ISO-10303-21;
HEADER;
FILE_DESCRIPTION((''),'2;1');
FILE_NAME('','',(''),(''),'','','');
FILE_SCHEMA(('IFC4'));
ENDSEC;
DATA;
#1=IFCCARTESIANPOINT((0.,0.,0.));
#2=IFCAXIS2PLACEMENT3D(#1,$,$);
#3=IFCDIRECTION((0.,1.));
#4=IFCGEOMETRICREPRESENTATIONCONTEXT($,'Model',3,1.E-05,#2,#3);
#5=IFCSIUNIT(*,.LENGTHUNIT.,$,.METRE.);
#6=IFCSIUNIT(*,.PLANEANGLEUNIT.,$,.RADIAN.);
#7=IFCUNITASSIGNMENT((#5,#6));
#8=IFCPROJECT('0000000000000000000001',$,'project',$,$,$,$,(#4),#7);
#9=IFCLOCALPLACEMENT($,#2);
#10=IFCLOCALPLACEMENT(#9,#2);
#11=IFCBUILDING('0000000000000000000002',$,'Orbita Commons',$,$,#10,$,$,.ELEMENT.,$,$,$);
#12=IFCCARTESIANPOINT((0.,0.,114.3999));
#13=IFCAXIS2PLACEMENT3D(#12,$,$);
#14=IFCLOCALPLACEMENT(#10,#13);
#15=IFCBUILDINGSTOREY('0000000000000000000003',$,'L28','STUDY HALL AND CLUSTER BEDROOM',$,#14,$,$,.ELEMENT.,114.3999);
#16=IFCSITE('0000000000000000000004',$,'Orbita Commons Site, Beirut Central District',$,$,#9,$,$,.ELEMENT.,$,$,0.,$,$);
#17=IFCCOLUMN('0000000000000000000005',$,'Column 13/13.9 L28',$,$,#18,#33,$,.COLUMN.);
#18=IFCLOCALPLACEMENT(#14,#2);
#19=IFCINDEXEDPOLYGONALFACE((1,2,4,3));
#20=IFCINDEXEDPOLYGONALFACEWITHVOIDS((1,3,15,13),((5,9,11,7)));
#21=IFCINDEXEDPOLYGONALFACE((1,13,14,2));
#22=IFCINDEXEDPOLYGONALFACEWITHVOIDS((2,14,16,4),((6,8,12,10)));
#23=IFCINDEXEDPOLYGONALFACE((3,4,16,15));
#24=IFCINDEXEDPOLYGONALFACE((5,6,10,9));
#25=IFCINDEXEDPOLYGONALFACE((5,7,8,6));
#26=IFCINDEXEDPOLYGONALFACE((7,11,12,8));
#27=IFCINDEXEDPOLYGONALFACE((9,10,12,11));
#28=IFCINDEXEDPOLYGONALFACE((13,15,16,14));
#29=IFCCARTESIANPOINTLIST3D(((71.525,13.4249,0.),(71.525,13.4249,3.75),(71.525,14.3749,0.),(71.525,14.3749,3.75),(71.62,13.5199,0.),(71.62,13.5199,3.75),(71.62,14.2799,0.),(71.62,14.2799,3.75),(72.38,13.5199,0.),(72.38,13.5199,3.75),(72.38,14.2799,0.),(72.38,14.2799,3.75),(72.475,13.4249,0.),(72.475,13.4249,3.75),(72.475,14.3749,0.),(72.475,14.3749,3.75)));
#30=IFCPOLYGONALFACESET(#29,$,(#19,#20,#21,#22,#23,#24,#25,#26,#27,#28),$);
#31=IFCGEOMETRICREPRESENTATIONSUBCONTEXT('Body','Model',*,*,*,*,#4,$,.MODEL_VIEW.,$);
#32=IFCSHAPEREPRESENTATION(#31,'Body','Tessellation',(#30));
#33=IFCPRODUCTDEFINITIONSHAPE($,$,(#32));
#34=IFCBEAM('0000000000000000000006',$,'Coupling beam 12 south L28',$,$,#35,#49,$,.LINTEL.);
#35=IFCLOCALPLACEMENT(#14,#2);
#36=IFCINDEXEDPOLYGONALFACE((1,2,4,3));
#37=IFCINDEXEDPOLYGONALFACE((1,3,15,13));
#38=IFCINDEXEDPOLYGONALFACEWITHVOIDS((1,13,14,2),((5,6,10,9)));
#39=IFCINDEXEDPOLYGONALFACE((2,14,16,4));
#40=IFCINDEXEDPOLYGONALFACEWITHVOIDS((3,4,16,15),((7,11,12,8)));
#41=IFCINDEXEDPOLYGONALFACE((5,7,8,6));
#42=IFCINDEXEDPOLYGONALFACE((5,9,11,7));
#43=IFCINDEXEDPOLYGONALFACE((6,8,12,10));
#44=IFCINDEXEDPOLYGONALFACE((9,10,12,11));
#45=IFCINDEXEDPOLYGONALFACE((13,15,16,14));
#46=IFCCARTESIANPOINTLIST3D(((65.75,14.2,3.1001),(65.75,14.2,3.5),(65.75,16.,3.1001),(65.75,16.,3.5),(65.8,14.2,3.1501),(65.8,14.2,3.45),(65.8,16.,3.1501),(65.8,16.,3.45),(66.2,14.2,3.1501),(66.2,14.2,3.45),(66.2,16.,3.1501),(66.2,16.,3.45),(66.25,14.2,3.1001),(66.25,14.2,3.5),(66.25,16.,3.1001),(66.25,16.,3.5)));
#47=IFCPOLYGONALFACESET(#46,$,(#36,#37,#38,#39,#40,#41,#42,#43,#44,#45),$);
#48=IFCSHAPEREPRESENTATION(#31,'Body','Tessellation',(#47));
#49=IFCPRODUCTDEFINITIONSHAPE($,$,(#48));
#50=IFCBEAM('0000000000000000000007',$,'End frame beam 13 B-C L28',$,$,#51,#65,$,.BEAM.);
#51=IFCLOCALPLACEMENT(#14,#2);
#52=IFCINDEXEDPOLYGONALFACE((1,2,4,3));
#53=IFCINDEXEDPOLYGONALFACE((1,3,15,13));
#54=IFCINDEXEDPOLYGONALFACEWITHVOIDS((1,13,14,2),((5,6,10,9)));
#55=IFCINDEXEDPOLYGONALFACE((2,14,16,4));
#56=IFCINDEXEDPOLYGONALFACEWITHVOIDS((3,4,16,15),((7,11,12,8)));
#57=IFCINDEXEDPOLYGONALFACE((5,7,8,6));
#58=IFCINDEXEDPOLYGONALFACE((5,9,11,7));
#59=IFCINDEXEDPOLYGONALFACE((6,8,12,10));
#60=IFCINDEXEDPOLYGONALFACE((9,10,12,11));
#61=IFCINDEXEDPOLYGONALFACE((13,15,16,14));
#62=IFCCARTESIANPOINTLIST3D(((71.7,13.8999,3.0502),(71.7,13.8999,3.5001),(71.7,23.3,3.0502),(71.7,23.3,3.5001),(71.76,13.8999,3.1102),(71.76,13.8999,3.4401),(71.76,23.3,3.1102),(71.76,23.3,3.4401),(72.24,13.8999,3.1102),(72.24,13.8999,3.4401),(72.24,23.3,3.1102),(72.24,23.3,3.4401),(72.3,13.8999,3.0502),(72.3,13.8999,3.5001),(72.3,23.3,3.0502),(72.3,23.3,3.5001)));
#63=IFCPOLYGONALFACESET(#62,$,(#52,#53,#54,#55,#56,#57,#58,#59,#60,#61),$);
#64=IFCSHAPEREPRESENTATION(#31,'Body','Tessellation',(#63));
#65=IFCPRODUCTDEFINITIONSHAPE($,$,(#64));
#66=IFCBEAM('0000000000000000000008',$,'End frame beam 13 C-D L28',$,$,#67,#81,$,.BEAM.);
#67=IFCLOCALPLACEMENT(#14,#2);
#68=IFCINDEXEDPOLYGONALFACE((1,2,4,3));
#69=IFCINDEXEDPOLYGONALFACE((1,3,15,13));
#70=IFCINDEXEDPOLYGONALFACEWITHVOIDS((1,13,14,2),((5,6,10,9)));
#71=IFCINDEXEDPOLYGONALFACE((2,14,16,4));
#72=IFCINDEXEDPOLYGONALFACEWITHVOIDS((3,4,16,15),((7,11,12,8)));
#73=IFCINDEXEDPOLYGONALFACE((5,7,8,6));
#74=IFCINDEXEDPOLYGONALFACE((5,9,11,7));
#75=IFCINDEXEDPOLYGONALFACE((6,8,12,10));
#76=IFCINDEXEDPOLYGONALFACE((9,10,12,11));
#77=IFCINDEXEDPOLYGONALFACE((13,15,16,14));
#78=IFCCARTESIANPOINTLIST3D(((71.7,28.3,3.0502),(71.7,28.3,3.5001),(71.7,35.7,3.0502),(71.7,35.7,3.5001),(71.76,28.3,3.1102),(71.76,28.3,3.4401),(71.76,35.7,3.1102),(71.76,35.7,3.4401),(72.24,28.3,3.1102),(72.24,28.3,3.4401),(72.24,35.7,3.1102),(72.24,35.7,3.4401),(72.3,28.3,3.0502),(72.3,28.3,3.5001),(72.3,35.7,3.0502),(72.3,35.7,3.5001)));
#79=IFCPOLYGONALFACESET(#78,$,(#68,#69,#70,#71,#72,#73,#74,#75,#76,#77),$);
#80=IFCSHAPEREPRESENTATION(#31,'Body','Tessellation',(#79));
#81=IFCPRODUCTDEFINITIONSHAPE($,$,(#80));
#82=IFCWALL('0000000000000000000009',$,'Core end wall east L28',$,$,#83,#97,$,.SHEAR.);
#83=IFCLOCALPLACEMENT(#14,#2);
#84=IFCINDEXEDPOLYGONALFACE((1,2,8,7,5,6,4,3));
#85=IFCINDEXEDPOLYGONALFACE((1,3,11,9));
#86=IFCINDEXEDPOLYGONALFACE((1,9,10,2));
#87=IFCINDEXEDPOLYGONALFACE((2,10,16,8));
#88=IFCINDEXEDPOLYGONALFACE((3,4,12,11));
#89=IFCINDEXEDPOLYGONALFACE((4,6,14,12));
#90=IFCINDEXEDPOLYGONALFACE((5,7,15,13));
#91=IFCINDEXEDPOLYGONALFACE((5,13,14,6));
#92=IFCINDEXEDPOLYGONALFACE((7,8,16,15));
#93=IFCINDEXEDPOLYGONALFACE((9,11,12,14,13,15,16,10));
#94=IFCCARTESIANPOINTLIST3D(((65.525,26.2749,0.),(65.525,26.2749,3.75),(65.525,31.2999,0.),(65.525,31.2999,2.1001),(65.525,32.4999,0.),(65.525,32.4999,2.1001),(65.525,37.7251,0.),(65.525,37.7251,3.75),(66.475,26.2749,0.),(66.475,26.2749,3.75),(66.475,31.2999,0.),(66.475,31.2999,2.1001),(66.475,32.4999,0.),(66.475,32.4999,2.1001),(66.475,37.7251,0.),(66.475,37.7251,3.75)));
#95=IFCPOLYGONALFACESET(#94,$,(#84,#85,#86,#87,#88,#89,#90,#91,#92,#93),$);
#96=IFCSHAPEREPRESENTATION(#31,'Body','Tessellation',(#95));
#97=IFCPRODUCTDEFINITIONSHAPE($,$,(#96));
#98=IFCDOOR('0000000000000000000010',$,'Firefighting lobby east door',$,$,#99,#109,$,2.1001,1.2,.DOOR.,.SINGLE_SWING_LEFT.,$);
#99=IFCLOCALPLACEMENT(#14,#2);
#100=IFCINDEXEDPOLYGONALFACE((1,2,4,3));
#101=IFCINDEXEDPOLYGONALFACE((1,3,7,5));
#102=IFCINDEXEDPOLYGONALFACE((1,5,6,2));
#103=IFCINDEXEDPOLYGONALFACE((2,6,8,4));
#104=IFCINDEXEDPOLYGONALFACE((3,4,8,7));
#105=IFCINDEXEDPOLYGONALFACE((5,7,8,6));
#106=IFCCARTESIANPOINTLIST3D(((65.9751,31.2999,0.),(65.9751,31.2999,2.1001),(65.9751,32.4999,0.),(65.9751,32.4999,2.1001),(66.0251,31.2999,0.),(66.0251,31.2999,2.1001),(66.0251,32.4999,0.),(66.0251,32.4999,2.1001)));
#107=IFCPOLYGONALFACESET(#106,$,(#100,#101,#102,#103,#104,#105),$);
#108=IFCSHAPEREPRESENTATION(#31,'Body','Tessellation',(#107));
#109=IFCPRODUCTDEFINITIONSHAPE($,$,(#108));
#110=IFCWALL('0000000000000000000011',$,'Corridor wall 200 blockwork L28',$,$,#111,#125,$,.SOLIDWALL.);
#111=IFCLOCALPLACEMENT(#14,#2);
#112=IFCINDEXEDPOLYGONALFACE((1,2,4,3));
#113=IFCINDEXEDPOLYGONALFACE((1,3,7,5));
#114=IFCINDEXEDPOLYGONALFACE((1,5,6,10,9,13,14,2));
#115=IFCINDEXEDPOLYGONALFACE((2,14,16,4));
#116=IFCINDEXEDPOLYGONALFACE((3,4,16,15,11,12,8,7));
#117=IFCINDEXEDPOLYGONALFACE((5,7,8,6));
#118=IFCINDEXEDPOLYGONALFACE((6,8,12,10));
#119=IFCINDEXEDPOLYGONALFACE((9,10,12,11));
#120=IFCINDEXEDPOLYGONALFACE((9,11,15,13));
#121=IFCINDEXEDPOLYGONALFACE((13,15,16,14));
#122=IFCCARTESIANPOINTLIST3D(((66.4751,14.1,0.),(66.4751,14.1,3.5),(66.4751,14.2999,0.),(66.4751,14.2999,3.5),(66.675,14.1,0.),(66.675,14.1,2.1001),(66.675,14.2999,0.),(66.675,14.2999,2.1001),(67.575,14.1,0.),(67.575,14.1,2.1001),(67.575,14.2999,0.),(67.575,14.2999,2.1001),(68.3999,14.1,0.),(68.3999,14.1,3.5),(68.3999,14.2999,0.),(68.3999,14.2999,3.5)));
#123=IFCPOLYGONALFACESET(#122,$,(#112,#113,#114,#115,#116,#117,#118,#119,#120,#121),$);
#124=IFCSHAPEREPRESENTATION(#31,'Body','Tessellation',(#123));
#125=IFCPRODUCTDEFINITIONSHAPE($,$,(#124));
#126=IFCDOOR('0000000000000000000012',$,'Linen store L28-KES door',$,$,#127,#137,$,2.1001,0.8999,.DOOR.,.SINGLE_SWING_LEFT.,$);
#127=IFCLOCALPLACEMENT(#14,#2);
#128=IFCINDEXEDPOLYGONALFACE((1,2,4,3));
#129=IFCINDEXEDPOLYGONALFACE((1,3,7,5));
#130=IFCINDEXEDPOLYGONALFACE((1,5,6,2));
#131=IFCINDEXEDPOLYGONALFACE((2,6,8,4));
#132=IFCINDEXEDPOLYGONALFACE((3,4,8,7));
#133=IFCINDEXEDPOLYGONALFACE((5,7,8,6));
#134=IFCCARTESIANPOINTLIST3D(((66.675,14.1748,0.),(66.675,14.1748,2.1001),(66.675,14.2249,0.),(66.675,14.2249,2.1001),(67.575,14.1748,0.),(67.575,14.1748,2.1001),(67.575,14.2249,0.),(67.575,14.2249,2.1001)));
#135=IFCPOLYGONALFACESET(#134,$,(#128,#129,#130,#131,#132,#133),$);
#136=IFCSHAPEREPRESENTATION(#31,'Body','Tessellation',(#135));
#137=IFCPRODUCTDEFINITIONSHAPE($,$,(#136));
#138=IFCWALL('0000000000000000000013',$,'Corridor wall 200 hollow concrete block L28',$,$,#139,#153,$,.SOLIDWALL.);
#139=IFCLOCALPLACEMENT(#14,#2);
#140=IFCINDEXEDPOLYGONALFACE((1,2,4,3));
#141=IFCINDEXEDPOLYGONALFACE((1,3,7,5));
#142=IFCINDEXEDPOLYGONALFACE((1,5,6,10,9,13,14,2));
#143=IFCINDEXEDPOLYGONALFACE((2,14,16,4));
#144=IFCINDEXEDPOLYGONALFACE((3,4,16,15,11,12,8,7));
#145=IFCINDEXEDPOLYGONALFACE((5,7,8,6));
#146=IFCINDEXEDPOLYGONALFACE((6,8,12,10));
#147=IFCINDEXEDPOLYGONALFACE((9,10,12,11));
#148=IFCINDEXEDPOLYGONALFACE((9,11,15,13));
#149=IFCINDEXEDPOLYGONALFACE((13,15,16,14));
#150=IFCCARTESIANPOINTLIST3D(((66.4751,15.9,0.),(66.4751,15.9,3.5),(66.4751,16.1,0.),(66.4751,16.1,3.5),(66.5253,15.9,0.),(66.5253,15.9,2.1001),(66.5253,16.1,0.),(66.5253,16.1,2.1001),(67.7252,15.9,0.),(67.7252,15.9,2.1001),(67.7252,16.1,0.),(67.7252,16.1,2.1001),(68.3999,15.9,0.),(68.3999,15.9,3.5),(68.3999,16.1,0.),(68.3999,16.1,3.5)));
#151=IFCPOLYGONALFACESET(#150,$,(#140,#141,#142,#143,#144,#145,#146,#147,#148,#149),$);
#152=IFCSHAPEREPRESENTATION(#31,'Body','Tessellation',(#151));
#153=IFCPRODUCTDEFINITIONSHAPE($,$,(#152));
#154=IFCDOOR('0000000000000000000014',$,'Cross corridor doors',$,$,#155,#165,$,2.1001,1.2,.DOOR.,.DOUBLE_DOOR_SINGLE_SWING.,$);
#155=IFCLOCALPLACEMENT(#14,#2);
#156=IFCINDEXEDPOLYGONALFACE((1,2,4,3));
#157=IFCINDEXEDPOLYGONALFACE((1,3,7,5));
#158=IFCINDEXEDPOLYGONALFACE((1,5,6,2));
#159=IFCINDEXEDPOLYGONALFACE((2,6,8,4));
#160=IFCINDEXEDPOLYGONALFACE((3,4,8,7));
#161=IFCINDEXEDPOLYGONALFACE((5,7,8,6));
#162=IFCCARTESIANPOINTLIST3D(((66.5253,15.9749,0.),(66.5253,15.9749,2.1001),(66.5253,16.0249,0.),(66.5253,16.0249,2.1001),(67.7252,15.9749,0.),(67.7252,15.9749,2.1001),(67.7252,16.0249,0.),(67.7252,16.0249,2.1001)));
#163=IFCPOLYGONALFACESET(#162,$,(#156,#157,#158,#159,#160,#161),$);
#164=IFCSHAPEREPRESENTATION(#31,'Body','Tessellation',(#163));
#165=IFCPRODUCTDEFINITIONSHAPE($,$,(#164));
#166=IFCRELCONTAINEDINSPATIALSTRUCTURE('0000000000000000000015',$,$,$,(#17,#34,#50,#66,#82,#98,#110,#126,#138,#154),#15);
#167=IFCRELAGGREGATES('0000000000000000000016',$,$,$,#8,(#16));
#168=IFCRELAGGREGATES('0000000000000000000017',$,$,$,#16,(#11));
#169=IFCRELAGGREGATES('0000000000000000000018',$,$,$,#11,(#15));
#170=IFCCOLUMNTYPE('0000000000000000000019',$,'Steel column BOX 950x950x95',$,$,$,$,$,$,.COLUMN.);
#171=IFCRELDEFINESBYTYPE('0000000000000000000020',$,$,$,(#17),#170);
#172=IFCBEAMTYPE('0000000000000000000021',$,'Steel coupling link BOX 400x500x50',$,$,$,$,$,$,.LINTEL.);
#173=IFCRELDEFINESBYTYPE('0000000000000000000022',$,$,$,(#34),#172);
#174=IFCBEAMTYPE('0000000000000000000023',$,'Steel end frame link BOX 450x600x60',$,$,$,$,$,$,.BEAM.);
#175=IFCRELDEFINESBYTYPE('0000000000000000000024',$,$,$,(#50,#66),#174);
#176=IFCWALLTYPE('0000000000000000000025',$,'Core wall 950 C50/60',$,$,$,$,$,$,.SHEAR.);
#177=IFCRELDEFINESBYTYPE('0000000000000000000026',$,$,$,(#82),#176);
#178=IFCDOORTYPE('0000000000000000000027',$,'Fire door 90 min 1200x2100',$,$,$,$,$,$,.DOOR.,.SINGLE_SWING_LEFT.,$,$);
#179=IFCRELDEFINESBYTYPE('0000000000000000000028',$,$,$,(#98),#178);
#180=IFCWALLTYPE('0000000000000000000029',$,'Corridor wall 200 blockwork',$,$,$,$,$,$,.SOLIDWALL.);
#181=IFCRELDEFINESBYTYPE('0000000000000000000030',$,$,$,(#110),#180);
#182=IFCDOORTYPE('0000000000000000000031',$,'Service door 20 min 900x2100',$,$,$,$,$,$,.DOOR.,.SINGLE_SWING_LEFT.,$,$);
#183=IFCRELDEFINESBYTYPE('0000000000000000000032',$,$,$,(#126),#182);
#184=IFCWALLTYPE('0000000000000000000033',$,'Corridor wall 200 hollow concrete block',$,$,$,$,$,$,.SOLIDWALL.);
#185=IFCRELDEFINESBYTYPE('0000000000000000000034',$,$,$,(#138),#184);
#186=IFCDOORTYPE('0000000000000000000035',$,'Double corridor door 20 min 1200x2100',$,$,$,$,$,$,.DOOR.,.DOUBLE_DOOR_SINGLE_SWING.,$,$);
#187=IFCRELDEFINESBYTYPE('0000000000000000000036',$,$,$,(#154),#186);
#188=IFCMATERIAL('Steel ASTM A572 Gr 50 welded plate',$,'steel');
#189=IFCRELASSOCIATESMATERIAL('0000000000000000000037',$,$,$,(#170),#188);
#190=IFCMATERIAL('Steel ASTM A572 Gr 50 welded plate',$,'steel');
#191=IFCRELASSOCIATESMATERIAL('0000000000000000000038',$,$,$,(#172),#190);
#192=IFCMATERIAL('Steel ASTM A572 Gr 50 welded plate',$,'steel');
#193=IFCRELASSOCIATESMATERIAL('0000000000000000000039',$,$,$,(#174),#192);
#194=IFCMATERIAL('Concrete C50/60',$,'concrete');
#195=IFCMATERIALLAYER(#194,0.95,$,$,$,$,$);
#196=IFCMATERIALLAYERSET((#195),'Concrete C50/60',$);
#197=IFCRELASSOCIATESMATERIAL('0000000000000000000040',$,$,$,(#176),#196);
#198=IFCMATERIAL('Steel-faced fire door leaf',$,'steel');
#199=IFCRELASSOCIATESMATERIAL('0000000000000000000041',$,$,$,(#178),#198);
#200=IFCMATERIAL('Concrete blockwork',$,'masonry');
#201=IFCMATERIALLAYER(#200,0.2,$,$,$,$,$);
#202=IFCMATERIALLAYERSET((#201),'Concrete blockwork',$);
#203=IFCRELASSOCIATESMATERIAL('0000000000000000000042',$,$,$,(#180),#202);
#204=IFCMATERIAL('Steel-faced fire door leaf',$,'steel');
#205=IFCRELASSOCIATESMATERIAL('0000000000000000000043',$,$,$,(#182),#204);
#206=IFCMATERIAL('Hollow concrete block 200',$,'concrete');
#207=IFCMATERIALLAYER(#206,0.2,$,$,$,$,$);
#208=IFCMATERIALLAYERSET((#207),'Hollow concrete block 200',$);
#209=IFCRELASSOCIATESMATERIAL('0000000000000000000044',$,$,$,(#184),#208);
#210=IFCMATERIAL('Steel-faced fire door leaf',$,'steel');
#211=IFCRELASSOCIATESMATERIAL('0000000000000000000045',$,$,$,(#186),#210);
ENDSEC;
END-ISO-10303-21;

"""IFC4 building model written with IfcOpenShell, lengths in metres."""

from ifc_helpers import new_model, si_unit, direction, frame, frame_2d, origin, origin_2d, place, context, subcontext, project, spatial, rectangle, hollow_rectangle, extrude, material, layer, layer_set, material_profile, profile_set, type_object, element, fill, save


model = new_model("IFC4")

# Units and contexts
model_context = context("Model", 3, precision=1e-05, world=origin(), true_north=direction((0.0, 1.0)))
body_context = subcontext(model_context, "Body", "Model", "MODEL_VIEW")
ifc_project = project(units=[si_unit("LENGTHUNIT", "METRE"), si_unit("PLANEANGLEUNIT", "RADIAN")], contexts=[model_context])

# Site, building, storey
site_placement = place(None, origin())
site = spatial("IfcSite", under=ifc_project, at=site_placement, Name="Orbita Commons Site, Beirut Central District", CompositionType="ELEMENT", RefElevation=0.0)
building_placement = place(site_placement, origin())
building = spatial("IfcBuilding", under=site, at=building_placement, Name="Orbita Commons", CompositionType="ELEMENT")
storey_placement = place(building_placement, frame((0.0, 0.0, 114.3999)))
storey = spatial("IfcBuildingStorey", under=building, at=storey_placement, Name="L28", Description="STUDY HALL AND CLUSTER BEDROOM", CompositionType="ELEMENT", Elevation=114.3999)

# Column
ifc_material_1 = material(Name="Steel ASTM A572 Gr 50 welded plate", Category="steel")
ifc_material_profile_1 = material_profile(ifc_material_1, hollow_rectangle(XDim=0.95, YDim=0.95, WallThickness=0.095, at=origin_2d()), Name="BOX 950x950x95")
ifc_profile_set_1 = profile_set([ifc_material_profile_1], Name="Steel ASTM A572 Gr 50 welded plate")
column_type = type_object("IfcColumnType", Name="Steel column BOX 950x950x95", PredefinedType="COLUMN", material=ifc_profile_set_1)
column_placement = place(storey_placement, frame((72.0, 13.8999, 0.0), z_axis=(0.0, 0.0, 1.0), x_axis=(1.0, 0.0, 0.0)))
element("IfcColumn", 1, at=column_placement, inside=storey, type_object=column_type, Name="Column 13/13.9 L28", PredefinedType="COLUMN", context=body_context, shape_type="SweptSolid", body=[
    extrude(hollow_rectangle(XDim=0.95, YDim=0.95, WallThickness=0.095, at=origin_2d()), origin(), (0.0, 0.0, 1.0), 3.75),
])

# Beams
ifc_material_2 = material(Name="Steel ASTM A572 Gr 50 welded plate", Category="steel")
ifc_material_profile_2 = material_profile(ifc_material_2, hollow_rectangle(XDim=0.5, YDim=0.3999, WallThickness=0.05, at=origin_2d()), Name="BOX 400x500x50")
ifc_profile_set_2 = profile_set([ifc_material_profile_2], Name="Steel ASTM A572 Gr 50 welded plate")
beam_type_1 = type_object("IfcBeamType", Name="Steel coupling link BOX 400x500x50", PredefinedType="LINTEL", material=ifc_profile_set_2)
beam_1_placement = place(storey_placement, frame((66.0, 14.2, 3.3), z_axis=(0.0, 1.0, 0.0), x_axis=(-1.0, 0.0, 0.0)))
element("IfcBeam", 2, at=beam_1_placement, inside=storey, type_object=beam_type_1, Name="Coupling beam 12 south L28", PredefinedType="LINTEL", context=body_context, shape_type="SweptSolid", body=[
    extrude(hollow_rectangle(XDim=0.5, YDim=0.3999, WallThickness=0.05, at=origin_2d()), origin(), (0.0, 0.0, 1.0), 1.8),
])
ifc_material_3 = material(Name="Steel ASTM A572 Gr 50 welded plate", Category="steel")
ifc_material_profile_3 = material_profile(ifc_material_3, hollow_rectangle(XDim=0.6001, YDim=0.45, WallThickness=0.0601, at=origin_2d()), Name="BOX 450x600x60")
ifc_profile_set_3 = profile_set([ifc_material_profile_3], Name="Steel ASTM A572 Gr 50 welded plate")
beam_type_2 = type_object("IfcBeamType", Name="Steel end frame link BOX 450x600x60", PredefinedType="BEAM", material=ifc_profile_set_3)
beam_2_placement = place(storey_placement, frame((72.0, 13.8999, 3.2751), z_axis=(0.0, 1.0, 0.0), x_axis=(-1.0, 0.0, 0.0)))
element("IfcBeam", 3, at=beam_2_placement, inside=storey, type_object=beam_type_2, Name="End frame beam 13 B-C L28", PredefinedType="BEAM", context=body_context, shape_type="SweptSolid", body=[
    extrude(hollow_rectangle(XDim=0.6001, YDim=0.45, WallThickness=0.0601, at=origin_2d()), origin(), (0.0, 0.0, 1.0), 9.4001),
])
beam_3_placement = place(storey_placement, frame((72.0, 28.3, 3.2751), z_axis=(0.0, 1.0, 0.0), x_axis=(-1.0, 0.0, 0.0)))
element("IfcBeam", 4, at=beam_3_placement, inside=storey, type_object=beam_type_2, Name="End frame beam 13 C-D L28", PredefinedType="BEAM", context=body_context, shape_type="SweptSolid", body=[
    extrude(hollow_rectangle(XDim=0.6001, YDim=0.45, WallThickness=0.0601, at=origin_2d()), origin(), (0.0, 0.0, 1.0), 7.3999),
])

# Walls, openings, doors
ifc_material_4 = material(Name="Concrete C50/60", Category="concrete")
ifc_layer_1 = layer(ifc_material_4, 0.95)
ifc_layer_set_1 = layer_set([ifc_layer_1], Name="Concrete C50/60")
wall_type_1 = type_object("IfcWallType", Name="Core wall 950 C50/60", PredefinedType="SHEAR", material=ifc_layer_set_1)
wall_1_placement = place(storey_placement, frame((66.0, 26.2749, 0.0), z_axis=(0.0, 0.0, 1.0), x_axis=(0.0, 1.0, 0.0)))
wall_1 = element("IfcWall", 5, at=wall_1_placement, inside=storey, type_object=wall_type_1, Name="Core end wall east L28", PredefinedType="SHEAR", context=body_context, shape_type="SweptSolid", body=[
    extrude(rectangle(XDim=11.4502, YDim=0.95, at=frame_2d((5.7251, 0.0))), origin(), (0.0, 0.0, 1.0), 3.75),
])
opening_1_placement = place(wall_1_placement, frame((5.0249, 0.0, 0.0)))
opening_1 = element("IfcOpeningElement", 6, at=opening_1_placement, cuts=wall_1, PredefinedType="OPENING", context=body_context, shape_type="SweptSolid", body=[
    extrude(rectangle(XDim=1.2, YDim=2.1001, at=frame_2d((0.6001, 1.05))), frame((0.0, 0.4849, 0.0), z_axis=(0.0, -1.0, 0.0), x_axis=(1.0, 0.0, 0.0)), (0.0, 0.0, 1.0), 0.97),
])
ifc_material_5 = material(Name="Steel-faced fire door leaf", Category="steel")
door_type_1 = type_object("IfcDoorType", Name="Fire door 90 min 1200x2100", OperationType="SINGLE_SWING_LEFT", PredefinedType="DOOR", material=ifc_material_5)
door_1_placement = place(opening_1_placement, origin())
door_1 = element("IfcDoor", 7, at=door_1_placement, inside=storey, type_object=door_type_1, Name="Firefighting lobby east door", OperationType="SINGLE_SWING_LEFT", OverallHeight=2.1001, OverallWidth=1.2, PredefinedType="DOOR", context=body_context, shape_type="SweptSolid", body=[
    extrude(rectangle(XDim=1.2, YDim=2.1001, at=frame_2d((0.6001, 1.05))), frame((0.0, 0.0249, 0.0), z_axis=(0.0, -1.0, 0.0), x_axis=(1.0, 0.0, 0.0)), (0.0, 0.0, 1.0), 0.05),
])
fill(opening_1, door_1)
ifc_material_6 = material(Name="Concrete blockwork", Category="masonry")
ifc_layer_2 = layer(ifc_material_6, 0.2)
ifc_layer_set_2 = layer_set([ifc_layer_2], Name="Concrete blockwork")
wall_type_2 = type_object("IfcWallType", Name="Corridor wall 200 blockwork", PredefinedType="SOLIDWALL", material=ifc_layer_set_2)
wall_2_placement = place(storey_placement, frame((66.4751, 14.2, 0.0), z_axis=(0.0, 0.0, 1.0), x_axis=(1.0, 0.0, 0.0)))
wall_2 = element("IfcWall", 8, at=wall_2_placement, inside=storey, type_object=wall_type_2, Name="Corridor wall 200 blockwork L28", PredefinedType="SOLIDWALL", context=body_context, shape_type="SweptSolid", body=[
    extrude(rectangle(XDim=1.9248, YDim=0.2, at=frame_2d((0.9624, 0.0))), origin(), (0.0, 0.0, 1.0), 3.5),
])
opening_2_placement = place(wall_2_placement, frame((0.2, 0.0, 0.0)))
opening_2 = element("IfcOpeningElement", 9, at=opening_2_placement, cuts=wall_2, PredefinedType="OPENING", context=body_context, shape_type="SweptSolid", body=[
    extrude(rectangle(XDim=0.8999, YDim=2.1001, at=frame_2d((0.45, 1.05))), frame((0.0, 0.1099, 0.0), z_axis=(0.0, -1.0, 0.0), x_axis=(1.0, 0.0, 0.0)), (0.0, 0.0, 1.0), 0.22),
])
ifc_material_7 = material(Name="Steel-faced fire door leaf", Category="steel")
door_type_2 = type_object("IfcDoorType", Name="Service door 20 min 900x2100", OperationType="SINGLE_SWING_LEFT", PredefinedType="DOOR", material=ifc_material_7)
door_2_placement = place(opening_2_placement, origin())
door_2 = element("IfcDoor", 10, at=door_2_placement, inside=storey, type_object=door_type_2, Name="Linen store L28-KES door", OperationType="SINGLE_SWING_LEFT", OverallHeight=2.1001, OverallWidth=0.8999, PredefinedType="DOOR", context=body_context, shape_type="SweptSolid", body=[
    extrude(rectangle(XDim=0.8999, YDim=2.1001, at=frame_2d((0.45, 1.05))), frame((0.0, 0.0249, 0.0), z_axis=(0.0, -1.0, 0.0), x_axis=(1.0, 0.0, 0.0)), (0.0, 0.0, 1.0), 0.05),
])
fill(opening_2, door_2)
ifc_material_8 = material(Name="Hollow concrete block 200", Category="concrete")
ifc_layer_3 = layer(ifc_material_8, 0.2)
ifc_layer_set_3 = layer_set([ifc_layer_3], Name="Hollow concrete block 200")
wall_type_3 = type_object("IfcWallType", Name="Corridor wall 200 hollow concrete block", PredefinedType="SOLIDWALL", material=ifc_layer_set_3)
wall_3_placement = place(storey_placement, frame((66.4751, 16.0, 0.0), z_axis=(0.0, 0.0, 1.0), x_axis=(1.0, 0.0, 0.0)))
wall_3 = element("IfcWall", 11, at=wall_3_placement, inside=storey, type_object=wall_type_3, Name="Corridor wall 200 hollow concrete block L28", PredefinedType="SOLIDWALL", context=body_context, shape_type="SweptSolid", body=[
    extrude(rectangle(XDim=1.9248, YDim=0.2, at=frame_2d((0.9624, 0.0))), origin(), (0.0, 0.0, 1.0), 3.5),
])
opening_3_placement = place(wall_3_placement, frame((0.05, 0.0, 0.0)))
opening_3 = element("IfcOpeningElement", 12, at=opening_3_placement, cuts=wall_3, PredefinedType="OPENING", context=body_context, shape_type="SweptSolid", body=[
    extrude(rectangle(XDim=1.2, YDim=2.1001, at=frame_2d((0.6001, 1.05))), frame((0.0, 0.1099, 0.0), z_axis=(0.0, -1.0, 0.0), x_axis=(1.0, 0.0, 0.0)), (0.0, 0.0, 1.0), 0.22),
])
ifc_material_9 = material(Name="Steel-faced fire door leaf", Category="steel")
door_type_3 = type_object("IfcDoorType", Name="Double corridor door 20 min 1200x2100", OperationType="DOUBLE_DOOR_SINGLE_SWING", PredefinedType="DOOR", material=ifc_material_9)
door_3_placement = place(opening_3_placement, origin())
door_3 = element("IfcDoor", 13, at=door_3_placement, inside=storey, type_object=door_type_3, Name="Cross corridor doors", OperationType="DOUBLE_DOOR_SINGLE_SWING", OverallHeight=2.1001, OverallWidth=1.2, PredefinedType="DOOR", context=body_context, shape_type="SweptSolid", body=[
    extrude(rectangle(XDim=1.2, YDim=2.1001, at=frame_2d((0.6001, 1.05))), frame((0.0, 0.0249, 0.0), z_axis=(0.0, -1.0, 0.0), x_axis=(1.0, 0.0, 0.0)), (0.0, 0.0, 1.0), 0.05),
])
fill(opening_3, door_3)

save(model, "model.ifc")
